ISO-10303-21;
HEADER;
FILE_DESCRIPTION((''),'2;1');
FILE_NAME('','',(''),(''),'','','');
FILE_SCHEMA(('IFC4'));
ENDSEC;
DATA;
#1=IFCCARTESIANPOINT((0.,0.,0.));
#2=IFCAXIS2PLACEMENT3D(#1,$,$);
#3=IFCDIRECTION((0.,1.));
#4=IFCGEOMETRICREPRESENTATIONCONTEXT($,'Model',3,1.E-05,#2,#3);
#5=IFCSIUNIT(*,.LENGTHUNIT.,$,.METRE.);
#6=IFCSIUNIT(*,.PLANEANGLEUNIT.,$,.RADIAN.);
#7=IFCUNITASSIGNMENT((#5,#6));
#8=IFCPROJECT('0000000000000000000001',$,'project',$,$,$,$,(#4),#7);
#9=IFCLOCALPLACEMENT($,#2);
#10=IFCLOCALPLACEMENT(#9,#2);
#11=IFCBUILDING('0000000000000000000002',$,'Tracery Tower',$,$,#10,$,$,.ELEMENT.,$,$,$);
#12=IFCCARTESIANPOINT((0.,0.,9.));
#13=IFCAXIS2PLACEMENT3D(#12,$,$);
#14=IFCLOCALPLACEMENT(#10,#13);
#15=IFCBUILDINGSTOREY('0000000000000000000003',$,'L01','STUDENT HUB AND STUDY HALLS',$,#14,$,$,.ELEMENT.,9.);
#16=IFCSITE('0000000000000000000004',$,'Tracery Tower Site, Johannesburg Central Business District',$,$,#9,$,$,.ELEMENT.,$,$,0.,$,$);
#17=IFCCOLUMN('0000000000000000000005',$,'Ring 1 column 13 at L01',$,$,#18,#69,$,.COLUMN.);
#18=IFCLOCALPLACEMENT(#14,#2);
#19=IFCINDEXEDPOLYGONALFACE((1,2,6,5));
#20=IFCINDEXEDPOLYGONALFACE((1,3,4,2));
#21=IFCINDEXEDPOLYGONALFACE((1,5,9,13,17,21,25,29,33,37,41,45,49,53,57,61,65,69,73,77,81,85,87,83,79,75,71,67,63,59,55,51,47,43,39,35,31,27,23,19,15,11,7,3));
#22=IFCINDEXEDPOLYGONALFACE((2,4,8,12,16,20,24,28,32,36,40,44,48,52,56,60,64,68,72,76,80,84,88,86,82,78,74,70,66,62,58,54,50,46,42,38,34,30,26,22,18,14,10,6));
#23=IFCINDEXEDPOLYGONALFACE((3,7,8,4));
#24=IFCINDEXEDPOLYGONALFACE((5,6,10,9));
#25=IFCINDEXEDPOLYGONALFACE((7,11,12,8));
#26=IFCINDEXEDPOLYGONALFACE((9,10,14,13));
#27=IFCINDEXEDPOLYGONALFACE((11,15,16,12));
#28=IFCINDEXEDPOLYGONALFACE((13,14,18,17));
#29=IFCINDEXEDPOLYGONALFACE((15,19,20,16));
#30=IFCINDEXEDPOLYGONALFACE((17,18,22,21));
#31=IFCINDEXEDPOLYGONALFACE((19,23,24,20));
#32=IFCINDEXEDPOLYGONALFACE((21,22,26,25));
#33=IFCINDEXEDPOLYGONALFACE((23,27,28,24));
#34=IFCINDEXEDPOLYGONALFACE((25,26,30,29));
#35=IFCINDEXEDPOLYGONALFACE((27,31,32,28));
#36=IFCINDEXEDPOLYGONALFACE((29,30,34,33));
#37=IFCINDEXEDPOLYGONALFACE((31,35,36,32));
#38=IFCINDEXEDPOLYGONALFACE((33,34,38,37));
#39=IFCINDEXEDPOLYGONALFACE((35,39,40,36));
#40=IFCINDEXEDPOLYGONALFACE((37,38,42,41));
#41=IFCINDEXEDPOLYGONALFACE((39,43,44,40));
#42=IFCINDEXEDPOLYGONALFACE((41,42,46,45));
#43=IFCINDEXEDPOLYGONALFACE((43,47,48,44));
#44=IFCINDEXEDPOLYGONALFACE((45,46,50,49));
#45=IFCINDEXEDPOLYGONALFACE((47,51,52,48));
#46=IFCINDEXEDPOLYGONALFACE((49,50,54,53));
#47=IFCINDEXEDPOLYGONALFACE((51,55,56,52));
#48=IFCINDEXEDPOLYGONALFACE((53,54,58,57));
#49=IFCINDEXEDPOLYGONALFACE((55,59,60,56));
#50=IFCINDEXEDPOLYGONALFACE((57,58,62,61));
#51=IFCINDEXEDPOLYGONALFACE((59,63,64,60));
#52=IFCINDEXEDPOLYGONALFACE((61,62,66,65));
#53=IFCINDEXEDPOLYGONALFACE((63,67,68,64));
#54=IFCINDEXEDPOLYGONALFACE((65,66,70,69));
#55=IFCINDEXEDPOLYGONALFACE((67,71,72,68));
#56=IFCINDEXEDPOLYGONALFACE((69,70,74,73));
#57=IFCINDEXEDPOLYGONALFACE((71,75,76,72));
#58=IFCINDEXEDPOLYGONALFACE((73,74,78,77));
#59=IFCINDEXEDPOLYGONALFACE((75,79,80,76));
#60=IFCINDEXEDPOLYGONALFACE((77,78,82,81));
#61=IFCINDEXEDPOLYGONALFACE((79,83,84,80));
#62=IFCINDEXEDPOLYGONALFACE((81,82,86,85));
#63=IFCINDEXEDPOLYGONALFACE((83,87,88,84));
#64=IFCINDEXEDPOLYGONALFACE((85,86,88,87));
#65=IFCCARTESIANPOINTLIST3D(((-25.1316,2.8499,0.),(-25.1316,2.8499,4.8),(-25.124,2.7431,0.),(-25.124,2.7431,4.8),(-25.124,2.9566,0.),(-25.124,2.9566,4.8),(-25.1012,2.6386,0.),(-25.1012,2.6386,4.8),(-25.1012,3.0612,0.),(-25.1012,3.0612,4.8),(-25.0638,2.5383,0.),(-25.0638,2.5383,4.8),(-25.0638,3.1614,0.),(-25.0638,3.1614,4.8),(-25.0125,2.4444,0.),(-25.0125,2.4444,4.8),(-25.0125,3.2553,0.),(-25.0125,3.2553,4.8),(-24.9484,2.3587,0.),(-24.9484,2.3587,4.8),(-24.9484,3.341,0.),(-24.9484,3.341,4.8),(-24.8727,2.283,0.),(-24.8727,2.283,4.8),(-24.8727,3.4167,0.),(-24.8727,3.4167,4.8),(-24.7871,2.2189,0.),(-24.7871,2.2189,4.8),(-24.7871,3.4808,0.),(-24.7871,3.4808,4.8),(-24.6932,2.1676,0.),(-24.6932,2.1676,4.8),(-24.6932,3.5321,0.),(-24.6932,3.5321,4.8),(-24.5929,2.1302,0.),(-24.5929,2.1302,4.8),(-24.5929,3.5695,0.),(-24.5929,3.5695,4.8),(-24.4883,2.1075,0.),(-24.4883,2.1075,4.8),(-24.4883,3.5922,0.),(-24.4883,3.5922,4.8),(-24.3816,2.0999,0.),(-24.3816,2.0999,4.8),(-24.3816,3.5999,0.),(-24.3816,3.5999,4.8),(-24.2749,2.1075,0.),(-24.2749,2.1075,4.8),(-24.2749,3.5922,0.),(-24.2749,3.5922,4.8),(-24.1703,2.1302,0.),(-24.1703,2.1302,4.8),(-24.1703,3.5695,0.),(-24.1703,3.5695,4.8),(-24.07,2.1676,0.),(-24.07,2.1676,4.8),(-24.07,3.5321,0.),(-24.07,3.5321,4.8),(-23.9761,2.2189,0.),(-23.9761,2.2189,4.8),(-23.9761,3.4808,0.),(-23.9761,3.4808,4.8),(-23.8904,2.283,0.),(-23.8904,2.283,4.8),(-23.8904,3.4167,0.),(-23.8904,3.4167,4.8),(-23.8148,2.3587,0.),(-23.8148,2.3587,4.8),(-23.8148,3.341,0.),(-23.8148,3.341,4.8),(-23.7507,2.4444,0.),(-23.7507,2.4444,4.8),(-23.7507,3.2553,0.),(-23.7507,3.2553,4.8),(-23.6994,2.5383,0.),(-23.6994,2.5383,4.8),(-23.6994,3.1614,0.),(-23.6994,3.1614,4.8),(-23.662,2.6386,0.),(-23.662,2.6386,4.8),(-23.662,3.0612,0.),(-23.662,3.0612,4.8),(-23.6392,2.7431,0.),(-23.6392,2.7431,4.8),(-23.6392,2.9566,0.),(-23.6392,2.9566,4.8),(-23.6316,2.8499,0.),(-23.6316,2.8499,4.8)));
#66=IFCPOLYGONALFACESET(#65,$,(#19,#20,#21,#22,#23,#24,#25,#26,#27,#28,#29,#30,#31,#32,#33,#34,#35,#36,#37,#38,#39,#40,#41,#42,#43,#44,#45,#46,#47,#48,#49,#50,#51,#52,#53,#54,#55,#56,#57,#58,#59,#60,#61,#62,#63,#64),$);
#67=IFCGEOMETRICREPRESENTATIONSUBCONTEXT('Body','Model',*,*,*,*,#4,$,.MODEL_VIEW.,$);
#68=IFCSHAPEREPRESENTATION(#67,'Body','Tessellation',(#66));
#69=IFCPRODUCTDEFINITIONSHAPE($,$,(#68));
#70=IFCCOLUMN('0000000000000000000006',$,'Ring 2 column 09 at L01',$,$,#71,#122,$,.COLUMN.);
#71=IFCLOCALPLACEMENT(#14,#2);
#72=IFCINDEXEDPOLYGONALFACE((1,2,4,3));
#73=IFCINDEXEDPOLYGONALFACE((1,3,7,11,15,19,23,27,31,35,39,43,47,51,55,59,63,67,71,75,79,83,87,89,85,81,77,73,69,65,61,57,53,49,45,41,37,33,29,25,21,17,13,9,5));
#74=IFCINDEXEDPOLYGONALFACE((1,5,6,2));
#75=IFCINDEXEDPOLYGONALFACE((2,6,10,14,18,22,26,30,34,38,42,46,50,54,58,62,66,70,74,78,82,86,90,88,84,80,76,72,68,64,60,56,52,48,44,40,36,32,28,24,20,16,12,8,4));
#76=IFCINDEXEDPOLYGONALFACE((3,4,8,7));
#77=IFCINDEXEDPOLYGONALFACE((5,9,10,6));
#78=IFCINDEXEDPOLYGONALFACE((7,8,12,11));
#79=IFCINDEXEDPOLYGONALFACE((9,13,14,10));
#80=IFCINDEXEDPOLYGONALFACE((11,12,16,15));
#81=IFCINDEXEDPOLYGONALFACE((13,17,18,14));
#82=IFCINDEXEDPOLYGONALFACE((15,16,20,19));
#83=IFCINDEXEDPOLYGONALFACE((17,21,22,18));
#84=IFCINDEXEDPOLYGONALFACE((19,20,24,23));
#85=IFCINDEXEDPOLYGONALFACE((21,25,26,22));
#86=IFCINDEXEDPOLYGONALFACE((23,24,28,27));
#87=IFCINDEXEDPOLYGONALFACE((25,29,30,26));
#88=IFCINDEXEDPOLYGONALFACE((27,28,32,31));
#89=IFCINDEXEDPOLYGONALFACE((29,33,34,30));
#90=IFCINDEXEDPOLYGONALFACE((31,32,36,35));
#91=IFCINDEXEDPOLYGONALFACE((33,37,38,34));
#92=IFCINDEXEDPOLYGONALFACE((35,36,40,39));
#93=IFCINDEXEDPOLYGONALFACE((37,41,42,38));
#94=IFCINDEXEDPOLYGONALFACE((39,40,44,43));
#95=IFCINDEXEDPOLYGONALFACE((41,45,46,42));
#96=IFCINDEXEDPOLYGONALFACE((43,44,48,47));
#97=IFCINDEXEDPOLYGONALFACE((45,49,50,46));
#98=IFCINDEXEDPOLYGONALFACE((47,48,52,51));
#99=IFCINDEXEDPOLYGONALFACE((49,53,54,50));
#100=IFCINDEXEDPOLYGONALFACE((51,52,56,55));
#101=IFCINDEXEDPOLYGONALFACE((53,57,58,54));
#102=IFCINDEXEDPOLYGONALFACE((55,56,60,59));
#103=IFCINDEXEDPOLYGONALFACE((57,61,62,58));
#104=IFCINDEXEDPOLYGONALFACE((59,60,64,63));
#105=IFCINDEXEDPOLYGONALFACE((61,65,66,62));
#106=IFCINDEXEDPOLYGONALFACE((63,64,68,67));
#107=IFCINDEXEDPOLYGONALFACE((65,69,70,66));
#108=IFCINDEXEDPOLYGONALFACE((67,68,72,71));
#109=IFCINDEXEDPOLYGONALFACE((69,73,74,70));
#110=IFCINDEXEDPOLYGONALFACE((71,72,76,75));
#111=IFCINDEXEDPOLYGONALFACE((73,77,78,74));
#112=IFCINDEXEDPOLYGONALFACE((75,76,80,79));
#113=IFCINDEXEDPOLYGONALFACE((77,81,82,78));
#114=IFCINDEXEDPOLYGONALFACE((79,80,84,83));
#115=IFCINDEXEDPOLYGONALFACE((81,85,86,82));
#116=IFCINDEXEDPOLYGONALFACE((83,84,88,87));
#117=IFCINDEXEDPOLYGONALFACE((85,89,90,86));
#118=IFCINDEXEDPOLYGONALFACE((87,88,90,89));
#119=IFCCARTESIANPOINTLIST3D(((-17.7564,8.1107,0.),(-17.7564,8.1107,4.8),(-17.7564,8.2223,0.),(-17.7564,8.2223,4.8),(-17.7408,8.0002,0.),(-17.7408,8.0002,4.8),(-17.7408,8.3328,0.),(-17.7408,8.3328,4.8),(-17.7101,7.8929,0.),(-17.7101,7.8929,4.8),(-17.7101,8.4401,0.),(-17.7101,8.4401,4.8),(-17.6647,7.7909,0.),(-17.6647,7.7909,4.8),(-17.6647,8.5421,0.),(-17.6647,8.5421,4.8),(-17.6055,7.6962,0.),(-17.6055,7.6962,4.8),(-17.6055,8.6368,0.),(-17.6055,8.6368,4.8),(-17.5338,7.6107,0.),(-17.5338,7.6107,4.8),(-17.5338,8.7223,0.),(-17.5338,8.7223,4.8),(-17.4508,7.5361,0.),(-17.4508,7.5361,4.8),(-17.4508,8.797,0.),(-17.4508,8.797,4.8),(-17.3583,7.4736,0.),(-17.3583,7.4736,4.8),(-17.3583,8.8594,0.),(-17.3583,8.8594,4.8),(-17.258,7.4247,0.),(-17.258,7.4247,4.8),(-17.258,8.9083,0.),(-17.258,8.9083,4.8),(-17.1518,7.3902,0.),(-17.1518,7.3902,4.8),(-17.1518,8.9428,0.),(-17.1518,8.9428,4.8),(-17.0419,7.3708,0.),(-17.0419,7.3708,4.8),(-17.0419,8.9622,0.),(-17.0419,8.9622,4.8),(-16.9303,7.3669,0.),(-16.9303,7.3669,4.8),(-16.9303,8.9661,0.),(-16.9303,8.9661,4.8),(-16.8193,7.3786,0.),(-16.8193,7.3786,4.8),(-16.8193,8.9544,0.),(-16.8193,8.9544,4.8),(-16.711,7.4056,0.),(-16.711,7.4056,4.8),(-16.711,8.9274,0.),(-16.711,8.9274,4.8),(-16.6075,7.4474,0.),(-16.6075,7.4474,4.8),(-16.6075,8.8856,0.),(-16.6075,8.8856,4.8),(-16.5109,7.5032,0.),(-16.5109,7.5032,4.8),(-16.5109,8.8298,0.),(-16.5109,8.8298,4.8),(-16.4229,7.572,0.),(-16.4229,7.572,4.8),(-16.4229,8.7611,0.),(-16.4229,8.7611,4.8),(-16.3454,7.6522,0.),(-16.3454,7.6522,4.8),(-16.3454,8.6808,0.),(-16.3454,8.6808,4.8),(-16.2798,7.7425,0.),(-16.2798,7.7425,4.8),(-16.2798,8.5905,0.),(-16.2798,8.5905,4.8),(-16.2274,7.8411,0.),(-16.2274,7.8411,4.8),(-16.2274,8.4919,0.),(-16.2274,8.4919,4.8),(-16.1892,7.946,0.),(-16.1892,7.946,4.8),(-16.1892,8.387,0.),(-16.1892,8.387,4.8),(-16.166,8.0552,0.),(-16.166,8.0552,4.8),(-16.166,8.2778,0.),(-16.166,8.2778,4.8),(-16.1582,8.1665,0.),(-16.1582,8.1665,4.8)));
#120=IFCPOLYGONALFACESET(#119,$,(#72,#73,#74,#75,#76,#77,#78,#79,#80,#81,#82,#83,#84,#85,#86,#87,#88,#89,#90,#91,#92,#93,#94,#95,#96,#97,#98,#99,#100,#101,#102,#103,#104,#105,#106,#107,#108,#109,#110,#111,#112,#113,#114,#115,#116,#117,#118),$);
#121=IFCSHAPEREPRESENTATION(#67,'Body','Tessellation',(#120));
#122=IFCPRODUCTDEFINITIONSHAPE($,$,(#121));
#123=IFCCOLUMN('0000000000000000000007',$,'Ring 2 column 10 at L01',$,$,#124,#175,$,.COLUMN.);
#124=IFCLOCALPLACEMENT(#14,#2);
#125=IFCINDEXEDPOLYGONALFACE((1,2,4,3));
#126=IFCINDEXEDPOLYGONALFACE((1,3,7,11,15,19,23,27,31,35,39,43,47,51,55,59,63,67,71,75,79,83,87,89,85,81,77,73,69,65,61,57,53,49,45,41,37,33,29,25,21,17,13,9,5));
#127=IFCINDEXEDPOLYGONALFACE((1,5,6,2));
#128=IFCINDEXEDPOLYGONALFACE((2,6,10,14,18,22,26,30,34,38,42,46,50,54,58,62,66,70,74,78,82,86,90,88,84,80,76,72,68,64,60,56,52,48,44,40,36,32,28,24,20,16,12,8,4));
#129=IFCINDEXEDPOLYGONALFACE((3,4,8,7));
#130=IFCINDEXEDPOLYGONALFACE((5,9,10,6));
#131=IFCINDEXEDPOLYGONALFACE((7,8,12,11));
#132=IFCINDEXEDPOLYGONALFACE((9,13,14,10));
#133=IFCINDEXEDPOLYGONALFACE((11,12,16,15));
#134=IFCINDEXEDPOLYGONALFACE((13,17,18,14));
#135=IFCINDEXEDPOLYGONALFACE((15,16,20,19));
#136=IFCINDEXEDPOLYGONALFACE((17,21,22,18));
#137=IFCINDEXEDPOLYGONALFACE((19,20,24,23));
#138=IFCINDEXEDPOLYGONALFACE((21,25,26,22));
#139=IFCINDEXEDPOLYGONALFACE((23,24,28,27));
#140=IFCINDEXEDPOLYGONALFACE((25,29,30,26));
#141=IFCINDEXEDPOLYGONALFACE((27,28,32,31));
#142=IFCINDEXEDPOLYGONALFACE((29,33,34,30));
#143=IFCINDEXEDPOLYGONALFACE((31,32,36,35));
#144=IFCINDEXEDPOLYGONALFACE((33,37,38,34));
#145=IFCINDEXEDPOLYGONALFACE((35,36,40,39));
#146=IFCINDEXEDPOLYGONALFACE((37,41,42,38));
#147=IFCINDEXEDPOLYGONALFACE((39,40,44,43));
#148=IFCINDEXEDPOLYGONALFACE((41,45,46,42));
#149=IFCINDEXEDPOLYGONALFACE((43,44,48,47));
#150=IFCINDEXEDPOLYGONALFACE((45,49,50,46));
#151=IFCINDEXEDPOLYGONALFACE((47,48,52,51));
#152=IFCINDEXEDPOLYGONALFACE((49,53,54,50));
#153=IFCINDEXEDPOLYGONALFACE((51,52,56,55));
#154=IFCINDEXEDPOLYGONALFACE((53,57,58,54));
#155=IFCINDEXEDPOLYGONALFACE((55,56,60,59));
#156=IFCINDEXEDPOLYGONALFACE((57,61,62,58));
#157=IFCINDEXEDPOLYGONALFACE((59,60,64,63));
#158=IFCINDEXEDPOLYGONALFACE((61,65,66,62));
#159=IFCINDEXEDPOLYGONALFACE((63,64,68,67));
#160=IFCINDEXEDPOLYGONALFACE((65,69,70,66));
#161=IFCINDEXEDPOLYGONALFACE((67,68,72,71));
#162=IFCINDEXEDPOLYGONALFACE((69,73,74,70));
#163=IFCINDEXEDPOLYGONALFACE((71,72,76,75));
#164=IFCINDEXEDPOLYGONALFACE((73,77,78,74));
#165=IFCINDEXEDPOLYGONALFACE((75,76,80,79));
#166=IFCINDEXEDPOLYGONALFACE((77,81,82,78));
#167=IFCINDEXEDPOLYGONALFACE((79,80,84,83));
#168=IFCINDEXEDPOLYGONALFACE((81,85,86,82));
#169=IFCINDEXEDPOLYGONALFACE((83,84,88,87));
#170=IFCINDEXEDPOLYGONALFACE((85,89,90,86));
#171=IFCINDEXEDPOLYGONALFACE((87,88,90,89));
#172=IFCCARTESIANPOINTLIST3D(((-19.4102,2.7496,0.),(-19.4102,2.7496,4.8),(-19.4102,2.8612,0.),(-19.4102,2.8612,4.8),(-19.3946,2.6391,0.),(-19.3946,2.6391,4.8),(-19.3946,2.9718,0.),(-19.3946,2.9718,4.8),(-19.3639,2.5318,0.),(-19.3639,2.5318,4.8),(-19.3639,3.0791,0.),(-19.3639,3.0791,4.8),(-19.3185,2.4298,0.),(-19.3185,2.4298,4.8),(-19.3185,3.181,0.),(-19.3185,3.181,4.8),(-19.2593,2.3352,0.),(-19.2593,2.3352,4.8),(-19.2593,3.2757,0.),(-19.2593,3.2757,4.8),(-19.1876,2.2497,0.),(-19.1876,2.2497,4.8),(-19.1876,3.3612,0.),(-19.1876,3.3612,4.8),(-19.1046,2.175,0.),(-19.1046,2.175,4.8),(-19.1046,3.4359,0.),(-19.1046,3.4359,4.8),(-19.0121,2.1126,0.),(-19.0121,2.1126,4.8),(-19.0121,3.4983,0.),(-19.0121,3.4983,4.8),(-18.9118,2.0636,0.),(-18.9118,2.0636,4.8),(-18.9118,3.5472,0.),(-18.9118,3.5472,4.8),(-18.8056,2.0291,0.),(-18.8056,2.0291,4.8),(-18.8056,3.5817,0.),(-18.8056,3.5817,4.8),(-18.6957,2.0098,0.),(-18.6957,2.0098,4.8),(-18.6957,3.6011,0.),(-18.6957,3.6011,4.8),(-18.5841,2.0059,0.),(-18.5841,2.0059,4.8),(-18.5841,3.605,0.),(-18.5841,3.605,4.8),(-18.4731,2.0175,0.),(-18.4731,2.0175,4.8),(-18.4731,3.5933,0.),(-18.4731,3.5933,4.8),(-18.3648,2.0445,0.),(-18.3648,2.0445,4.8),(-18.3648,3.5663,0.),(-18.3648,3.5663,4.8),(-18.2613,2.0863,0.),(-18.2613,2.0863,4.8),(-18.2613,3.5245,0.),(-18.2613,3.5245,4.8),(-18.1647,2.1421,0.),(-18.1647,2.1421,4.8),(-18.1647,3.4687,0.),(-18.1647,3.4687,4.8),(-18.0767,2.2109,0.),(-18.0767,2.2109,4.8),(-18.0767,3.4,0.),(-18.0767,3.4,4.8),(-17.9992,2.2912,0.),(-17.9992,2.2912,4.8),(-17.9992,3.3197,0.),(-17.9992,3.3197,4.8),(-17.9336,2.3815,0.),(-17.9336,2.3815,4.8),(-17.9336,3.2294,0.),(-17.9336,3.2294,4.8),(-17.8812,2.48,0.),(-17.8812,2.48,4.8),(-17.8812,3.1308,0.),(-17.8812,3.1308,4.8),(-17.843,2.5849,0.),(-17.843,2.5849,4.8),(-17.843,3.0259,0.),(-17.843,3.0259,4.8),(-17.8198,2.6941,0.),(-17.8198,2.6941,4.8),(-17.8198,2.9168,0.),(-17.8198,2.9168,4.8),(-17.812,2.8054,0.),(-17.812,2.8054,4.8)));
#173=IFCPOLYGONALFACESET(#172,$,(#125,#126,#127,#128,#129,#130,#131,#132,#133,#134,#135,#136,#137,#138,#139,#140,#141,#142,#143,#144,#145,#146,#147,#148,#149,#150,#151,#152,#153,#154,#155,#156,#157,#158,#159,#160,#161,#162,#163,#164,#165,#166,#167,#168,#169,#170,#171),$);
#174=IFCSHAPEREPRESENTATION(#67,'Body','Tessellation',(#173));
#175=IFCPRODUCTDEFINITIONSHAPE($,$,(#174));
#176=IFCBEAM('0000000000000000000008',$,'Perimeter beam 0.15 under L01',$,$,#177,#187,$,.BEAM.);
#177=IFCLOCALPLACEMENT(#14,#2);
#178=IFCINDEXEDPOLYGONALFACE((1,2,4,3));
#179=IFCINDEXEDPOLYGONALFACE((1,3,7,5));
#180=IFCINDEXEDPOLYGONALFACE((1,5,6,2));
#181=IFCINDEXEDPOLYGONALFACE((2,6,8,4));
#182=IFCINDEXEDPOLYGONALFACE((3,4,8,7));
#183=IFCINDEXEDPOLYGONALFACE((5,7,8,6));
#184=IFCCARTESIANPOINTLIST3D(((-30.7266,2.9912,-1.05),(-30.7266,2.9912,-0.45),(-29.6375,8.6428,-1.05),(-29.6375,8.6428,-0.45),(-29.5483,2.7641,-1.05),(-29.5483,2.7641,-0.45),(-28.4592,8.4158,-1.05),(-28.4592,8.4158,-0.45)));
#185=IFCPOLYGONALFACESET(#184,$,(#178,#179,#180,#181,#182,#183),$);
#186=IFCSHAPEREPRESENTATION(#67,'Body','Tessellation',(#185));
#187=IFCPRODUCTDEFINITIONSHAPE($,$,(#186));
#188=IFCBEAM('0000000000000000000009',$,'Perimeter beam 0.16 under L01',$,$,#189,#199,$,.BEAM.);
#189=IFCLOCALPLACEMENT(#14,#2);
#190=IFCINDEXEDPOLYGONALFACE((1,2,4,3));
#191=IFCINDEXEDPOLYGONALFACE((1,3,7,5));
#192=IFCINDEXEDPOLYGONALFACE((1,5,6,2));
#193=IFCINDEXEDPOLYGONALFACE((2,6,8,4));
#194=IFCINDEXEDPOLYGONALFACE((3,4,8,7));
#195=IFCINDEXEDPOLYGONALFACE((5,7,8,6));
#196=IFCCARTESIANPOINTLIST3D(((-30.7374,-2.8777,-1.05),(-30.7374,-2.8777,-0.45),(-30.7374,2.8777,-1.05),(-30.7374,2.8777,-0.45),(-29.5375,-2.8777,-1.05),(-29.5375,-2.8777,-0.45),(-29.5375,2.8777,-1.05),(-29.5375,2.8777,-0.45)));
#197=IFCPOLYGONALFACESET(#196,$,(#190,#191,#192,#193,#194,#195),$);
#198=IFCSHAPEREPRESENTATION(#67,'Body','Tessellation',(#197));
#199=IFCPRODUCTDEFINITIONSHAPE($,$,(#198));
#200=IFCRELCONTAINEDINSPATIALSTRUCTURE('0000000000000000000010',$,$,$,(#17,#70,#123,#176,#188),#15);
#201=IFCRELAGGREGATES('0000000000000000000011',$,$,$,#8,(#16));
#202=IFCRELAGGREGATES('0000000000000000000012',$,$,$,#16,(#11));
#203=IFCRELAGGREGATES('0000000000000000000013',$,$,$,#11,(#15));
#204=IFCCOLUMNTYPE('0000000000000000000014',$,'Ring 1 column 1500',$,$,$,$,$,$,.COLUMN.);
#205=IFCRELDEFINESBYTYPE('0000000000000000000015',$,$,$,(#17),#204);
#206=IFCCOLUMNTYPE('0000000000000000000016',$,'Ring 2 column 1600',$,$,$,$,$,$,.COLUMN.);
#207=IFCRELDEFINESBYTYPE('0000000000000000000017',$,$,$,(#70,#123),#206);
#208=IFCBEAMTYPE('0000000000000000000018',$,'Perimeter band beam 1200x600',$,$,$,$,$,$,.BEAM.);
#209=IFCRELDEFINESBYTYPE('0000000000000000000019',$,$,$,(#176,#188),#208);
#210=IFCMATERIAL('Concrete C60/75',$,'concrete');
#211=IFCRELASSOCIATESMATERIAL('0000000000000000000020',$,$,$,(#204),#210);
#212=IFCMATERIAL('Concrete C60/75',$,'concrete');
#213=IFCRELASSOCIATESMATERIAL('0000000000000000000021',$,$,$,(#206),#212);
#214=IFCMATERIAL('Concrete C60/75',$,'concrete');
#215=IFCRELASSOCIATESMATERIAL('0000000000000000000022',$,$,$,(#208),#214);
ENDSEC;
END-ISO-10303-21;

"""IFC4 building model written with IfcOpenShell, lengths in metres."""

from ifc_helpers import new_model, si_unit, direction, frame, origin, origin_2d, place, context, subcontext, project, spatial, rectangle, circle, extrude, material, material_profile, profile_set, type_object, element, save


model = new_model("IFC4")

# Units and contexts
model_context = context("Model", 3, precision=1e-05, world=origin(), true_north=direction((0.0, 1.0)))
body_context = subcontext(model_context, "Body", "Model", "MODEL_VIEW")
ifc_project = project(units=[si_unit("LENGTHUNIT", "METRE"), si_unit("PLANEANGLEUNIT", "RADIAN")], contexts=[model_context])

# Site, building, storey
site_placement = place(None, origin())
site = spatial("IfcSite", under=ifc_project, at=site_placement, Name="Tracery Tower Site, Johannesburg Central Business District", CompositionType="ELEMENT", RefElevation=0.0)
building_placement = place(site_placement, origin())
building = spatial("IfcBuilding", under=site, at=building_placement, Name="Tracery Tower", CompositionType="ELEMENT")
storey_placement = place(building_placement, frame((0.0, 0.0, 9.0)))
storey = spatial("IfcBuildingStorey", under=building, at=storey_placement, Name="L01", Description="STUDENT HUB AND STUDY HALLS", CompositionType="ELEMENT", Elevation=9.0)

# Columns
ifc_material_1 = material(Name="Concrete C60/75", Category="concrete")
ifc_material_profile_1 = material_profile(ifc_material_1, circle(Radius=0.75, at=origin_2d()), Name="RC D1500")
ifc_profile_set_1 = profile_set([ifc_material_profile_1], Name="Concrete C60/75")
column_type_1 = type_object("IfcColumnType", Name="Ring 1 column 1500", PredefinedType="COLUMN", material=ifc_profile_set_1)
for number, where, z_axis, x_axis, name in (
    (1, (-24.3816, 2.8499, 0.0), (0.0, 0.0, 1.0), (1.0, 0.0, 0.0), "Ring 1 column 13 at L01"),
):
    element("IfcColumn", number, at=place(storey_placement, frame(where, z_axis=z_axis, x_axis=x_axis)), inside=storey, type_object=column_type_1, Name=name, PredefinedType="COLUMN", context=body_context, shape_type="SweptSolid", body=[
        extrude(circle(Radius=0.75, at=origin_2d()), origin(), (0.0, 0.0, 1.0), 4.8),
    ])
ifc_material_2 = material(Name="Concrete C60/75", Category="concrete")
ifc_material_profile_2 = material_profile(ifc_material_2, circle(Radius=0.8, at=origin_2d()), Name="RC D1600")
ifc_profile_set_2 = profile_set([ifc_material_profile_2], Name="Concrete C60/75")
column_type_2 = type_object("IfcColumnType", Name="Ring 2 column 1600", PredefinedType="COLUMN", material=ifc_profile_set_2)
for number, where, z_axis, x_axis, name in (
    (2, (-16.9583, 8.1665, 0.0), (0.0, 0.0, 1.0), (1.0, 0.0, 0.0), "Ring 2 column 09 at L01"),
    (3, (-18.6121, 2.8054, 0.0), (0.0, 0.0, 1.0), (1.0, 0.0, 0.0), "Ring 2 column 10 at L01"),
):
    element("IfcColumn", number, at=place(storey_placement, frame(where, z_axis=z_axis, x_axis=x_axis)), inside=storey, type_object=column_type_2, Name=name, PredefinedType="COLUMN", context=body_context, shape_type="SweptSolid", body=[
        extrude(circle(Radius=0.8, at=origin_2d()), origin(), (0.0, 0.0, 1.0), 4.8),
    ])

# Beams
ifc_material_3 = material(Name="Concrete C60/75", Category="concrete")
ifc_material_profile_3 = material_profile(ifc_material_3, rectangle(XDim=1.2, YDim=0.6001, at=origin_2d()), Name="RC 1200x600")
ifc_profile_set_3 = profile_set([ifc_material_profile_3], Name="Concrete C60/75")
beam_type = type_object("IfcBeamType", Name="Perimeter band beam 1200x600", PredefinedType="BEAM", material=ifc_profile_set_3)
beam_1_placement = place(storey_placement, frame((-29.0483, 8.5293, -0.75), z_axis=(-0.189227, -0.981933, 0.0), x_axis=(0.981933, -0.189227, 0.0)))
element("IfcBeam", 4, at=beam_1_placement, inside=storey, type_object=beam_type, Name="Perimeter beam 0.15 under L01", PredefinedType="BEAM", context=body_context, shape_type="SweptSolid", body=[
    extrude(rectangle(XDim=1.2, YDim=0.6001, at=origin_2d()), origin(), (0.0, 0.0, 1.0), 5.7556),
])
beam_2_placement = place(storey_placement, frame((-30.1375, 2.8777, -0.75), z_axis=(0.0, -1.0, 0.0), x_axis=(1.0, 0.0, 0.0)))
element("IfcBeam", 5, at=beam_2_placement, inside=storey, type_object=beam_type, Name="Perimeter beam 0.16 under L01", PredefinedType="BEAM", context=body_context, shape_type="SweptSolid", body=[
    extrude(rectangle(XDim=1.2, YDim=0.6001, at=origin_2d()), origin(), (0.0, 0.0, 1.0), 5.7554),
])

save(model, "model.ifc")
